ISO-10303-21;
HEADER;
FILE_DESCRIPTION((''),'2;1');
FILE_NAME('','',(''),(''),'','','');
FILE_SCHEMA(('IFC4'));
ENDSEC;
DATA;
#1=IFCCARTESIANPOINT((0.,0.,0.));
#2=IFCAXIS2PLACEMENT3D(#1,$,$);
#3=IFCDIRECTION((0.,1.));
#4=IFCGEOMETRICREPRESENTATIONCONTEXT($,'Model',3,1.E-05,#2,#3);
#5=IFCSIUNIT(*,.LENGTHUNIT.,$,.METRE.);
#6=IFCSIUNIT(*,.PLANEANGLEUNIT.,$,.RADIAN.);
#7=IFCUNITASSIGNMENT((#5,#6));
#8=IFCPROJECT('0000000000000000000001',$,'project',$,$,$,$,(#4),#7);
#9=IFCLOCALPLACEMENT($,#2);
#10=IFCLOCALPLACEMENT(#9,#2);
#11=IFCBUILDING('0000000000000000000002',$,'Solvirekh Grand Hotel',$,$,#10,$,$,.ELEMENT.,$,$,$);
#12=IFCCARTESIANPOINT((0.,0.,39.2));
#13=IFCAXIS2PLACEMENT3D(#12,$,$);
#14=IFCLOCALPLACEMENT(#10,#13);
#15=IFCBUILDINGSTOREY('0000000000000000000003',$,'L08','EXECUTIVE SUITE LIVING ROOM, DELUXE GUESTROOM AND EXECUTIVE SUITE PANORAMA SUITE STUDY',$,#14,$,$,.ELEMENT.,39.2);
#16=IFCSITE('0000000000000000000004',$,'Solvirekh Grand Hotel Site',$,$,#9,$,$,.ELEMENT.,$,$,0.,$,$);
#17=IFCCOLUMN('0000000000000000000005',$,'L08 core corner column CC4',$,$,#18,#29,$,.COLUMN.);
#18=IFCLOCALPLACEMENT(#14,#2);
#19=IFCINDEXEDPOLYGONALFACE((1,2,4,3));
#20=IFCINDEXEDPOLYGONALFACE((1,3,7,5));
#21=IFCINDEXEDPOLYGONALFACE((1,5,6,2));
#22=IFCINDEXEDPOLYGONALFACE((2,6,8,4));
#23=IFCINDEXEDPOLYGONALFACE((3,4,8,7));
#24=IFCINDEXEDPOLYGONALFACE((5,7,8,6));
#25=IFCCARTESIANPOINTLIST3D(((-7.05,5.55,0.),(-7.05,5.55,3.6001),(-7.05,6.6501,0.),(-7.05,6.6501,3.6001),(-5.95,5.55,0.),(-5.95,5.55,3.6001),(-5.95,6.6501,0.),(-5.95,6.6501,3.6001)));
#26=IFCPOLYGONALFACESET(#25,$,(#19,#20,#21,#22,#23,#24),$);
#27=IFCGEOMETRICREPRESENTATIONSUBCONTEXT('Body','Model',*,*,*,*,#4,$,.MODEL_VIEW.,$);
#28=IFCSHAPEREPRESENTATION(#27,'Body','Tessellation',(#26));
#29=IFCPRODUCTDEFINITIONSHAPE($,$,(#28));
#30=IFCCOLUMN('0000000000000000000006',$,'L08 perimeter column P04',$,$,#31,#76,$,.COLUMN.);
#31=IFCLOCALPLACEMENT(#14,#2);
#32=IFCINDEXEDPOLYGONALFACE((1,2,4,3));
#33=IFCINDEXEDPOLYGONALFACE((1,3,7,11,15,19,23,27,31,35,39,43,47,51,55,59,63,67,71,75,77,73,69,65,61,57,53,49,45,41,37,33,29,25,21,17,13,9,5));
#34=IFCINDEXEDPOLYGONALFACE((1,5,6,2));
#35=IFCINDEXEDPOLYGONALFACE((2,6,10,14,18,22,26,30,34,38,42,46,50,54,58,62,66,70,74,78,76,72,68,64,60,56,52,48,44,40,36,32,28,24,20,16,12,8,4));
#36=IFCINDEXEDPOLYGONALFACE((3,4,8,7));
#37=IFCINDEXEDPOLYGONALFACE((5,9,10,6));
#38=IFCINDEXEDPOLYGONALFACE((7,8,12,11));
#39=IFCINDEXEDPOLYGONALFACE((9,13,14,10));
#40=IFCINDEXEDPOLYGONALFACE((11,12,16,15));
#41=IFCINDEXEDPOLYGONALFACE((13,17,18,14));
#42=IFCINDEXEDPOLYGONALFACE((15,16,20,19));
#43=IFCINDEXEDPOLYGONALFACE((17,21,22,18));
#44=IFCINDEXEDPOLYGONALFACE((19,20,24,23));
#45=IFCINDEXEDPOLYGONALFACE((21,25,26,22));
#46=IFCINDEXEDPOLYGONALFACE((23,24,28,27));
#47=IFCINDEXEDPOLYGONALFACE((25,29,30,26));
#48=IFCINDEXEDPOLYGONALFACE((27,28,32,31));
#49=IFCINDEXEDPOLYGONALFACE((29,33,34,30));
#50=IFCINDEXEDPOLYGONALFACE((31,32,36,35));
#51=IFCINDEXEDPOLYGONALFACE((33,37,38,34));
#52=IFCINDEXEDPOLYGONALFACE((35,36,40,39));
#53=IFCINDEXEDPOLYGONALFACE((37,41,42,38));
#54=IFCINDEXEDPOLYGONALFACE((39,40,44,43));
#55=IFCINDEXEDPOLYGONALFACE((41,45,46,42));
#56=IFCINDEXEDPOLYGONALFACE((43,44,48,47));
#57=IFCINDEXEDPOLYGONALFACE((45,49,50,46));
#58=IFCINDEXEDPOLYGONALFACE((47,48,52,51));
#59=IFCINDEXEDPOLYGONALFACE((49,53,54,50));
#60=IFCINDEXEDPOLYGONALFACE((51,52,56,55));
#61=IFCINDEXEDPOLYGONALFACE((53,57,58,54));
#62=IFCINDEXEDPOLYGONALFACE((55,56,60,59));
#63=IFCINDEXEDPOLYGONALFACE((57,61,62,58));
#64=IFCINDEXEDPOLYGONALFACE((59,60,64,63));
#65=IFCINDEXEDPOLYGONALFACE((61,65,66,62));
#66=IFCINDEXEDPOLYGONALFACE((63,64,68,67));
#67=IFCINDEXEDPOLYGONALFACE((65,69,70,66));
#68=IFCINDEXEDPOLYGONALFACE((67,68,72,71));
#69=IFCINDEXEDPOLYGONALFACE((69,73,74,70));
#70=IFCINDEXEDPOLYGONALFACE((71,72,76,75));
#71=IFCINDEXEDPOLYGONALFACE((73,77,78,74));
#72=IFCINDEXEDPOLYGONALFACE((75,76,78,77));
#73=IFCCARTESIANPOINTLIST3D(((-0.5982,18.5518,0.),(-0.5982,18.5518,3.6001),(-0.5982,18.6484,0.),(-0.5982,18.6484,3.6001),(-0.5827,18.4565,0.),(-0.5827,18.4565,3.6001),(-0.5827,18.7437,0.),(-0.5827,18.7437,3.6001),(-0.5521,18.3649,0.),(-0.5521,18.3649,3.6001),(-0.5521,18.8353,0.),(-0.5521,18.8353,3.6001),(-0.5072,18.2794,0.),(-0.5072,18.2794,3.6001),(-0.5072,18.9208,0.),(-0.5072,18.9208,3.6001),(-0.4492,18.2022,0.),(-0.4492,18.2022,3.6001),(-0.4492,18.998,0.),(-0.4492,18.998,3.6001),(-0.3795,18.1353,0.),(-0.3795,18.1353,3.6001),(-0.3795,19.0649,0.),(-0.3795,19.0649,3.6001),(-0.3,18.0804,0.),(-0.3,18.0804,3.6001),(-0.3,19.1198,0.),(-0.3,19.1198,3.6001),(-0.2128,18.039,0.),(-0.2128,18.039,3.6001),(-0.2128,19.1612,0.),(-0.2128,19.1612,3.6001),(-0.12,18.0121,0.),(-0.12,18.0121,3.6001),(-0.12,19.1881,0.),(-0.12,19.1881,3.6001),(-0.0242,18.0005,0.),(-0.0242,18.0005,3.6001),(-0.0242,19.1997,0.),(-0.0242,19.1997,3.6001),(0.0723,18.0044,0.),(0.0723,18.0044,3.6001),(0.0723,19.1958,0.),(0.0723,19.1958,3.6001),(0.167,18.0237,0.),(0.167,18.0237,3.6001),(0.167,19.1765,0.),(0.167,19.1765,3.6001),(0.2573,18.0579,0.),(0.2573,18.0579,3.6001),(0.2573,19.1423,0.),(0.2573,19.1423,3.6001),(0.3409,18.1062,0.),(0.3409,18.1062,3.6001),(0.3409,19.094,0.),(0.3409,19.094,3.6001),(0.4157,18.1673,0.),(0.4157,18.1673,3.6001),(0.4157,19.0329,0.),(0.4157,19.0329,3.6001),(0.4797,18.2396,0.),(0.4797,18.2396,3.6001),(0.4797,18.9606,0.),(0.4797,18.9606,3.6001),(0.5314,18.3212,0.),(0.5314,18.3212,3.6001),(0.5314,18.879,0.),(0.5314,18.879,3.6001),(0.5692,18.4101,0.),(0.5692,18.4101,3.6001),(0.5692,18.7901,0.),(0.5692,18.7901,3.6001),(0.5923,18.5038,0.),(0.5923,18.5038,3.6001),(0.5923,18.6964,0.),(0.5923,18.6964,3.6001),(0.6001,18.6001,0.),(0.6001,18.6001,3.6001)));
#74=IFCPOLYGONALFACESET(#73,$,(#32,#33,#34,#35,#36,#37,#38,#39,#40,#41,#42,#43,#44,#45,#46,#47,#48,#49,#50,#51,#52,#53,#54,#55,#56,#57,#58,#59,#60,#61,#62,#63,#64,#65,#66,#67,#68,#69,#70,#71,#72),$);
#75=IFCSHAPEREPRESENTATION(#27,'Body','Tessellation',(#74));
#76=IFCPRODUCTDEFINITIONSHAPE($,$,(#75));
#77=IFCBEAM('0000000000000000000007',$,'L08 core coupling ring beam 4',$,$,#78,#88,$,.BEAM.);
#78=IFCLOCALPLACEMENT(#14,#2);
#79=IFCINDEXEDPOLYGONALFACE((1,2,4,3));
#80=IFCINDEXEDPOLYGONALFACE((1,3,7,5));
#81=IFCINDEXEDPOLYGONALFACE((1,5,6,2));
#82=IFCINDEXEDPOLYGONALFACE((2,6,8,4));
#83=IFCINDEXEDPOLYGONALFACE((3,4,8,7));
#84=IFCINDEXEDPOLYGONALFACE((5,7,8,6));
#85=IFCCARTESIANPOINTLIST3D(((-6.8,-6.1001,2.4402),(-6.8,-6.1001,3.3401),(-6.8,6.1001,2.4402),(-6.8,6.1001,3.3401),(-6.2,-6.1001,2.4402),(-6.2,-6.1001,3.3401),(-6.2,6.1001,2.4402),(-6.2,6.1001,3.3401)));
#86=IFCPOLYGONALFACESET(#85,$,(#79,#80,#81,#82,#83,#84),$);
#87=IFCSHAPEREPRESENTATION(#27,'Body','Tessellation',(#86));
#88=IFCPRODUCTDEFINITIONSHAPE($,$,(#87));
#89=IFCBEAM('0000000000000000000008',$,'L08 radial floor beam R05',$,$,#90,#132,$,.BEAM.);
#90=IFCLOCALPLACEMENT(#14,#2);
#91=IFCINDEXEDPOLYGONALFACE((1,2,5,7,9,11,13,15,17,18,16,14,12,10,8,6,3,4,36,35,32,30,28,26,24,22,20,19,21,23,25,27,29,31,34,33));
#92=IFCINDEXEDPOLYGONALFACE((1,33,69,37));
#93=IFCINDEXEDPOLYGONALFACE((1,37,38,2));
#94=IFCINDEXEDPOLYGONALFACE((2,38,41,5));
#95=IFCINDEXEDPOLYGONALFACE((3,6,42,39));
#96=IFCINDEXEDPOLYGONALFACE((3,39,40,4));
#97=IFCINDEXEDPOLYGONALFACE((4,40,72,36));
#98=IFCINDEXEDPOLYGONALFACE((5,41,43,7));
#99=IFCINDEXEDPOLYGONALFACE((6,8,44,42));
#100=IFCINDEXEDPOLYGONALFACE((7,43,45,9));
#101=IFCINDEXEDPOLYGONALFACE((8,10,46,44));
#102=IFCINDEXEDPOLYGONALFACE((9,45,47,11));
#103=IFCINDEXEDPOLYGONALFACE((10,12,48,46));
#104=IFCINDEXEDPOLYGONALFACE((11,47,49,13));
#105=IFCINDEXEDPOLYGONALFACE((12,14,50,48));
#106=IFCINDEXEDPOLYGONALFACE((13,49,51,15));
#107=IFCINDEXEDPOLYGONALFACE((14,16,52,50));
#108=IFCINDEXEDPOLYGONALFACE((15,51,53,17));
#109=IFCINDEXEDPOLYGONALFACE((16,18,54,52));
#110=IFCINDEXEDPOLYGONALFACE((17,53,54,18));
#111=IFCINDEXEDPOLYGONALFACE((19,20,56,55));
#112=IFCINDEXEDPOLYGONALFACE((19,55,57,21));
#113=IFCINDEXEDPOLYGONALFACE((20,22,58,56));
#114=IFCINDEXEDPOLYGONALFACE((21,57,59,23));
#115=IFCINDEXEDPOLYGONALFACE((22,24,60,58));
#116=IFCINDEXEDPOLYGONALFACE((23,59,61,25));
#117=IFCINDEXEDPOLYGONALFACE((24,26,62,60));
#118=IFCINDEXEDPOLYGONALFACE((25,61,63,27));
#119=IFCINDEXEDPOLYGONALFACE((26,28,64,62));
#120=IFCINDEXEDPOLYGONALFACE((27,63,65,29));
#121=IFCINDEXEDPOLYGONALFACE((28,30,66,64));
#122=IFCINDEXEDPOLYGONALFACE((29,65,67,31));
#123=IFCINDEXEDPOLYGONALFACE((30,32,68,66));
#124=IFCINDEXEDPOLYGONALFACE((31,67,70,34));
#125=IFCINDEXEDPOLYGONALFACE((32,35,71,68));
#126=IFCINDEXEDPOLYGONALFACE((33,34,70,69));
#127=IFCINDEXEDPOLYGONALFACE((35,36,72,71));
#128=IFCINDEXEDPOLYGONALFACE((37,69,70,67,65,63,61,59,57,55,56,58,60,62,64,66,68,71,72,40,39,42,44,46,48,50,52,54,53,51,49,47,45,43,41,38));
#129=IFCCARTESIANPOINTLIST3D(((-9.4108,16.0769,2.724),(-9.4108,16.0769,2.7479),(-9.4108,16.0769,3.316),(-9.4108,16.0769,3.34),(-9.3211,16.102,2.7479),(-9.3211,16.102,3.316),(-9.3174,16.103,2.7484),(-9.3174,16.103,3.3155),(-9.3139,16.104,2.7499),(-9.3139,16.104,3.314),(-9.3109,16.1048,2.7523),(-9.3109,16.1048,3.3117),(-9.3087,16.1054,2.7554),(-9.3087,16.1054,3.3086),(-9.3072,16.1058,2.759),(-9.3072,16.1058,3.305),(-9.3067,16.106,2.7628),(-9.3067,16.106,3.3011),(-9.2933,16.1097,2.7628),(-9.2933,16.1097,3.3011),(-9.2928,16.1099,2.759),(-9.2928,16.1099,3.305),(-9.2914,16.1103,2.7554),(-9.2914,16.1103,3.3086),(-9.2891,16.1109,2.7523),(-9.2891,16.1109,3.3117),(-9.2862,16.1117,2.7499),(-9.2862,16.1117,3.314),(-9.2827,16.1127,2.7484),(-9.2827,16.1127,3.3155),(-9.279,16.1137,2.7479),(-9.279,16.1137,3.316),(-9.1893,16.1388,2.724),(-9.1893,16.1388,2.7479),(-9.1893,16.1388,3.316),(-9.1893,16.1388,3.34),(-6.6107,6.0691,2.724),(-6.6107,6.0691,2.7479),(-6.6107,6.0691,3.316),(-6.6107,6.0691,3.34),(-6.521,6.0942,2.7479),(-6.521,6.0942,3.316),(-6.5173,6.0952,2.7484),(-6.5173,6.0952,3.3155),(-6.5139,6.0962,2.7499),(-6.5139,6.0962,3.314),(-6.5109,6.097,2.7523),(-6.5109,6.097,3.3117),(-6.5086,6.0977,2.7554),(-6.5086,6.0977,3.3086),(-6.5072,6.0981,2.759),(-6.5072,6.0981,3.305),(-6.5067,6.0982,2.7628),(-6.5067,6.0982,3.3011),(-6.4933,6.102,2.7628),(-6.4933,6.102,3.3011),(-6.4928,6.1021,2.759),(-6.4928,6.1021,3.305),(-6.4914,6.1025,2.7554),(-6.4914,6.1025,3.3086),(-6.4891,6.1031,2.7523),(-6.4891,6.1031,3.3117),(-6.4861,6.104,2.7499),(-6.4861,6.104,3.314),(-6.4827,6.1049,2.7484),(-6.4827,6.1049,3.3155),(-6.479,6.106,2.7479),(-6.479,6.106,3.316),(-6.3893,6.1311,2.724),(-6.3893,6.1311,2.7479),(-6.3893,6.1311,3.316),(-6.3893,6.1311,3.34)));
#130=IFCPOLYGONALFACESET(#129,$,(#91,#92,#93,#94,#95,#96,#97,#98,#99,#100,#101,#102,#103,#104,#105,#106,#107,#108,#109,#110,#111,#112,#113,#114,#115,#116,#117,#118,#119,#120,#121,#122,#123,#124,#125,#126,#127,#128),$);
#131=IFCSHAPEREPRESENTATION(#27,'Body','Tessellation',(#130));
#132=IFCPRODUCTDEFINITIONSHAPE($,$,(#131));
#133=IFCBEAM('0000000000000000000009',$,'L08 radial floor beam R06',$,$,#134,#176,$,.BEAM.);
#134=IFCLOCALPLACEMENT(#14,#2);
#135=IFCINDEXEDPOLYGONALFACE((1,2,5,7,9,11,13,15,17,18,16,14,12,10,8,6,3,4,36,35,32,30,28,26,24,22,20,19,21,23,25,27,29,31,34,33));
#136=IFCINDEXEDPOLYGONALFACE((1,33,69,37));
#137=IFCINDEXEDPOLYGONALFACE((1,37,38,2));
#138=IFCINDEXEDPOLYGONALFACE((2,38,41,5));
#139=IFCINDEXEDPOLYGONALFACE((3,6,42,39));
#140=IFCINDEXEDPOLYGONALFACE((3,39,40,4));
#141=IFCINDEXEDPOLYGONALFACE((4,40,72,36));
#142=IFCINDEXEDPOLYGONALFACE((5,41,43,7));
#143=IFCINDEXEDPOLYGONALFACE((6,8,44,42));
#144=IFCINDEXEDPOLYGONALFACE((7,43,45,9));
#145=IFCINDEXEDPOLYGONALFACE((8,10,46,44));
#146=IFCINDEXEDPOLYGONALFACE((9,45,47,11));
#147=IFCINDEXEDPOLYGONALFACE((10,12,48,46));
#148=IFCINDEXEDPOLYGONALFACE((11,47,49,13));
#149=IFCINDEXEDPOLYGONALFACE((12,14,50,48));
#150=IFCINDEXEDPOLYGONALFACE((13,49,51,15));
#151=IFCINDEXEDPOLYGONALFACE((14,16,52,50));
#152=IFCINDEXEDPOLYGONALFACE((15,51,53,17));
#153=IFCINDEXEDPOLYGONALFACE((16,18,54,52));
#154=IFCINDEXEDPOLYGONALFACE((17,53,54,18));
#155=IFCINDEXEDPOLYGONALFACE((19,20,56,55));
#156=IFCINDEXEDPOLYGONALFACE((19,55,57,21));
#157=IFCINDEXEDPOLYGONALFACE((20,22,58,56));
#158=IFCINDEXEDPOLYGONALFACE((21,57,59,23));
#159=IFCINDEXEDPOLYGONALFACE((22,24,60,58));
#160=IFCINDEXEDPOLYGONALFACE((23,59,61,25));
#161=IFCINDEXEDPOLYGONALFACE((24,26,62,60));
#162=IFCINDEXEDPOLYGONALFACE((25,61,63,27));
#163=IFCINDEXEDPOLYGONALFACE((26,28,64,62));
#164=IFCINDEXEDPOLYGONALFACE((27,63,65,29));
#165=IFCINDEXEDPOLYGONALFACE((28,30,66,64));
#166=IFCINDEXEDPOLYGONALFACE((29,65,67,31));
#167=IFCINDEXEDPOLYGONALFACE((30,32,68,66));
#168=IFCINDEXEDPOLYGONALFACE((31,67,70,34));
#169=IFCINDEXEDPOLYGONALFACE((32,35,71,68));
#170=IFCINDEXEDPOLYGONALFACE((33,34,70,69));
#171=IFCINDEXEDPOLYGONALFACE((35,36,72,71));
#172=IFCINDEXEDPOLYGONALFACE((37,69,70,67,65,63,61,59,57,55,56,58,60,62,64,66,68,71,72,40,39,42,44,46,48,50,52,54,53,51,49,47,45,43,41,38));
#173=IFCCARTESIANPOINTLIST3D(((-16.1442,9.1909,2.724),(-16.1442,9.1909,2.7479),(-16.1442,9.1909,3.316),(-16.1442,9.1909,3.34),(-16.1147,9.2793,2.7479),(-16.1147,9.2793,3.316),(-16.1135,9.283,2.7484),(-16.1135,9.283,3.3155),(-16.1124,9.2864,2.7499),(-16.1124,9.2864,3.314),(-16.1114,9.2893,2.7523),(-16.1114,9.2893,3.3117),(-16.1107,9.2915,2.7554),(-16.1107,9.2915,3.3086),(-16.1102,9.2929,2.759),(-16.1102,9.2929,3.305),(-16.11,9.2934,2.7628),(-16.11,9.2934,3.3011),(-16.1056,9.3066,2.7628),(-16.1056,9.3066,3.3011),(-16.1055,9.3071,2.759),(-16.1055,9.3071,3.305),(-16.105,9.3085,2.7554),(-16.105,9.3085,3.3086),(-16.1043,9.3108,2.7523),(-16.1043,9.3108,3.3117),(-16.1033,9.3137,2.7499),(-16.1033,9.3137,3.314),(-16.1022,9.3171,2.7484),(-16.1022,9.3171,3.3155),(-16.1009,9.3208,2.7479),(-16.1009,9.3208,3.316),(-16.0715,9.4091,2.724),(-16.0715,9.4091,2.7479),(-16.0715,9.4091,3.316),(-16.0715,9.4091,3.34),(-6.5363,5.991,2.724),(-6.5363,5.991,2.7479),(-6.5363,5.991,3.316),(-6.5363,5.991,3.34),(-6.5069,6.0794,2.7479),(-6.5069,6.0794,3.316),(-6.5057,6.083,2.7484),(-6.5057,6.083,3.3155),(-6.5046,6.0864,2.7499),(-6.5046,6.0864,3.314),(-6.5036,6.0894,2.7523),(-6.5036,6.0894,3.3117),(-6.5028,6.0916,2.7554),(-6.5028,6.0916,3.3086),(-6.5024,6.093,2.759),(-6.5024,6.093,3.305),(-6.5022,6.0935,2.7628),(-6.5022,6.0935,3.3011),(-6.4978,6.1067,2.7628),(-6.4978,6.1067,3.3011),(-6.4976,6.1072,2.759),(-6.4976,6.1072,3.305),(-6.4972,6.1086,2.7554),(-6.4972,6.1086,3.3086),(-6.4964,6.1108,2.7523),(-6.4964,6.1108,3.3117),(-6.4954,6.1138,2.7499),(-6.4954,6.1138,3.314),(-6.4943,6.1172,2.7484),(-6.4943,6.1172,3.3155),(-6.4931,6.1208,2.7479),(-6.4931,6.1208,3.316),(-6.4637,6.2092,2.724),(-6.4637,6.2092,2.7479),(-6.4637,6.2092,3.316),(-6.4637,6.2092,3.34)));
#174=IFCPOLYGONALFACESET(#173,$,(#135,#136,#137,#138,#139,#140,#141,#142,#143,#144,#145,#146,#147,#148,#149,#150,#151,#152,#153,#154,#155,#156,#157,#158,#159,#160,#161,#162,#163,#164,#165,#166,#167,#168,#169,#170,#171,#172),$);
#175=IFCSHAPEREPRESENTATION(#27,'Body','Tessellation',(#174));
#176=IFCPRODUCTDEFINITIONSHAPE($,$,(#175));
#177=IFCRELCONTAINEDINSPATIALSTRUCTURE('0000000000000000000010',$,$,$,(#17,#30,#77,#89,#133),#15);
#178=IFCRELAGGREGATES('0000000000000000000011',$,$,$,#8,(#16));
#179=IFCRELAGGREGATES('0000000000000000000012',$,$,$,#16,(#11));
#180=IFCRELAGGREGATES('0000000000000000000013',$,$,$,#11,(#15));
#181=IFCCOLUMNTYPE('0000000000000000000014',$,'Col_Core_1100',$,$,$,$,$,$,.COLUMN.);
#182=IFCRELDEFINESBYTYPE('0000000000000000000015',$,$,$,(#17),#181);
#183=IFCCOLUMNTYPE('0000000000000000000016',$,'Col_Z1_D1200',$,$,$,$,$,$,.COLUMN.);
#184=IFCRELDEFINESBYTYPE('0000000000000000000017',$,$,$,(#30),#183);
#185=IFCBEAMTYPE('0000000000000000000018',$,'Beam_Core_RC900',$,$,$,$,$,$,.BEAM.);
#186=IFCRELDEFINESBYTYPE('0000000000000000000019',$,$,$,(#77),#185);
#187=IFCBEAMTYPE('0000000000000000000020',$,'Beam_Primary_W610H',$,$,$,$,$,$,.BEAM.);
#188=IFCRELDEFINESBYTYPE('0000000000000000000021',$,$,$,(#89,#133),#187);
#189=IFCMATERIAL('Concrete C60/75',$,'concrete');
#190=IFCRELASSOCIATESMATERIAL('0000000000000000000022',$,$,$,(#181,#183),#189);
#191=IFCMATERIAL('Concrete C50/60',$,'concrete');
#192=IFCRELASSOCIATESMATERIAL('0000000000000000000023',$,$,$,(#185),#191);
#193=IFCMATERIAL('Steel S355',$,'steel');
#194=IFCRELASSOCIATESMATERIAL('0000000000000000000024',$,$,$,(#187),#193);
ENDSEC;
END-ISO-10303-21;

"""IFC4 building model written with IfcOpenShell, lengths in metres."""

from ifc_helpers import new_model, si_unit, direction, frame, origin, origin_2d, place, context, subcontext, project, spatial, rectangle, circle, i_section, extrude, material, material_profile, profile_set, type_object, element, save


model = new_model("IFC4")

# Units and contexts
model_context = context("Model", 3, precision=1e-05, world=origin(), true_north=direction((0.0, 1.0)))
body_context = subcontext(model_context, "Body", "Model", "MODEL_VIEW")
ifc_project = project(units=[si_unit("LENGTHUNIT", "METRE"), si_unit("PLANEANGLEUNIT", "RADIAN")], contexts=[model_context])

# Site, building, storey
site_placement = place(None, origin())
site = spatial("IfcSite", under=ifc_project, at=site_placement, Name="Solvirekh Grand Hotel Site", CompositionType="ELEMENT", RefElevation=0.0)
building_placement = place(site_placement, origin())
building = spatial("IfcBuilding", under=site, at=building_placement, Name="Solvirekh Grand Hotel", CompositionType="ELEMENT")
storey_placement = place(building_placement, frame((0.0, 0.0, 39.2)))
storey = spatial("IfcBuildingStorey", under=building, at=storey_placement, Name="L08", Description="EXECUTIVE SUITE LIVING ROOM, DELUXE GUESTROOM AND EXECUTIVE SUITE PANORAMA SUITE STUDY", CompositionType="ELEMENT", Elevation=39.2)

# Columns
ifc_material_1 = material(Name="Concrete C60/75", Category="concrete")
ifc_material_profile_1 = material_profile(ifc_material_1, rectangle(XDim=1.1001, YDim=1.1001, at=origin_2d()), Name="RC 1100X1100")
ifc_profile_set_1 = profile_set([ifc_material_profile_1], Name="Concrete C60/75")
column_type_1 = type_object("IfcColumnType", Name="Col_Core_1100", PredefinedType="COLUMN", material=ifc_profile_set_1)
column_1_placement = place(storey_placement, frame((-6.5, 6.1001, 0.0), z_axis=(0.0, 0.0, 1.0), x_axis=(1.0, 0.0, 0.0)))
element("IfcColumn", 1, at=column_1_placement, inside=storey, type_object=column_type_1, Name="L08 core corner column CC4", PredefinedType="COLUMN", context=body_context, shape_type="SweptSolid", body=[
    extrude(rectangle(XDim=1.1001, YDim=1.1001, at=origin_2d()), origin(), (0.0, 0.0, 1.0), 3.6001),
])
ifc_material_profile_2 = material_profile(ifc_material_1, circle(Radius=0.6001, at=origin_2d()), Name="RC CIRC D1200")
ifc_profile_set_2 = profile_set([ifc_material_profile_2], Name="Concrete C60/75")
column_type_2 = type_object("IfcColumnType", Name="Col_Z1_D1200", PredefinedType="COLUMN", material=ifc_profile_set_2)
column_2_placement = place(storey_placement, frame((0.0, 18.6001, 0.0), z_axis=(0.0, 0.0, 1.0), x_axis=(1.0, 0.0, 0.0)))
element("IfcColumn", 2, at=column_2_placement, inside=storey, type_object=column_type_2, Name="L08 perimeter column P04", PredefinedType="COLUMN", context=body_context, shape_type="SweptSolid", body=[
    extrude(circle(Radius=0.6001, at=origin_2d()), origin(), (0.0, 0.0, 1.0), 3.6001),
])

# Beams
ifc_material_2 = material(Name="Concrete C50/60", Category="concrete")
ifc_material_profile_3 = material_profile(ifc_material_2, rectangle(XDim=0.6001, YDim=0.8999, at=origin_2d()), Name="RC BEAM 600X900")
ifc_profile_set_3 = profile_set([ifc_material_profile_3], Name="Concrete C50/60")
beam_type_1 = type_object("IfcBeamType", Name="Beam_Core_RC900", PredefinedType="BEAM", material=ifc_profile_set_3)
beam_1_placement = place(storey_placement, frame((-6.5, 6.1001, 2.8901), z_axis=(0.0, -1.0, 0.0), x_axis=(1.0, 0.0, 0.0)))
element("IfcBeam", 3, at=beam_1_placement, inside=storey, type_object=beam_type_1, Name="L08 core coupling ring beam 4", PredefinedType="BEAM", context=body_context, shape_type="SweptSolid", body=[
    extrude(rectangle(XDim=0.6001, YDim=0.8999, at=origin_2d()), origin(), (0.0, 0.0, 1.0), 12.2002),
])
ifc_material_3 = material(Name="Steel S355", Category="steel")
ifc_material_profile_4 = material_profile(ifc_material_3, i_section(OverallWidth=0.23, OverallDepth=0.616, WebThickness=0.0139, FlangeThickness=0.0239, FilletRadius=0.0149, at=origin_2d()), Name="W610X174")
ifc_profile_set_4 = profile_set([ifc_material_profile_4], Name="Steel S355")
beam_type_2 = type_object("IfcBeamType", Name="Beam_Primary_W610H", PredefinedType="BEAM", material=ifc_profile_set_4)
beam_2_placement = place(storey_placement, frame((-6.5, 6.1001, 3.032), z_axis=(-0.269439, 0.963017, 0.0), x_axis=(-0.963017, -0.269439, 0.0)))
element("IfcBeam", 4, at=beam_2_placement, inside=storey, type_object=beam_type_2, Name="L08 radial floor beam R05", PredefinedType="BEAM", context=body_context, shape_type="SweptSolid", body=[
    extrude(i_section(OverallWidth=0.23, OverallDepth=0.616, WebThickness=0.0139, FlangeThickness=0.0239, FilletRadius=0.0149, at=origin_2d()), origin(), (0.0, 0.0, 1.0), 10.3921),
])
beam_3_placement = place(storey_placement, frame((-6.5, 6.1001, 3.032), z_axis=(-0.948763, 0.315989, 0.0), x_axis=(-0.315989, -0.948763, 0.0)))
element("IfcBeam", 5, at=beam_3_placement, inside=storey, type_object=beam_type_2, Name="L08 radial floor beam R06", PredefinedType="BEAM", context=body_context, shape_type="SweptSolid", body=[
    extrude(i_section(OverallWidth=0.23, OverallDepth=0.616, WebThickness=0.0139, FlangeThickness=0.0239, FilletRadius=0.0149, at=origin_2d()), origin(), (0.0, 0.0, 1.0), 10.1267),
])

save(model, "model.ifc")
